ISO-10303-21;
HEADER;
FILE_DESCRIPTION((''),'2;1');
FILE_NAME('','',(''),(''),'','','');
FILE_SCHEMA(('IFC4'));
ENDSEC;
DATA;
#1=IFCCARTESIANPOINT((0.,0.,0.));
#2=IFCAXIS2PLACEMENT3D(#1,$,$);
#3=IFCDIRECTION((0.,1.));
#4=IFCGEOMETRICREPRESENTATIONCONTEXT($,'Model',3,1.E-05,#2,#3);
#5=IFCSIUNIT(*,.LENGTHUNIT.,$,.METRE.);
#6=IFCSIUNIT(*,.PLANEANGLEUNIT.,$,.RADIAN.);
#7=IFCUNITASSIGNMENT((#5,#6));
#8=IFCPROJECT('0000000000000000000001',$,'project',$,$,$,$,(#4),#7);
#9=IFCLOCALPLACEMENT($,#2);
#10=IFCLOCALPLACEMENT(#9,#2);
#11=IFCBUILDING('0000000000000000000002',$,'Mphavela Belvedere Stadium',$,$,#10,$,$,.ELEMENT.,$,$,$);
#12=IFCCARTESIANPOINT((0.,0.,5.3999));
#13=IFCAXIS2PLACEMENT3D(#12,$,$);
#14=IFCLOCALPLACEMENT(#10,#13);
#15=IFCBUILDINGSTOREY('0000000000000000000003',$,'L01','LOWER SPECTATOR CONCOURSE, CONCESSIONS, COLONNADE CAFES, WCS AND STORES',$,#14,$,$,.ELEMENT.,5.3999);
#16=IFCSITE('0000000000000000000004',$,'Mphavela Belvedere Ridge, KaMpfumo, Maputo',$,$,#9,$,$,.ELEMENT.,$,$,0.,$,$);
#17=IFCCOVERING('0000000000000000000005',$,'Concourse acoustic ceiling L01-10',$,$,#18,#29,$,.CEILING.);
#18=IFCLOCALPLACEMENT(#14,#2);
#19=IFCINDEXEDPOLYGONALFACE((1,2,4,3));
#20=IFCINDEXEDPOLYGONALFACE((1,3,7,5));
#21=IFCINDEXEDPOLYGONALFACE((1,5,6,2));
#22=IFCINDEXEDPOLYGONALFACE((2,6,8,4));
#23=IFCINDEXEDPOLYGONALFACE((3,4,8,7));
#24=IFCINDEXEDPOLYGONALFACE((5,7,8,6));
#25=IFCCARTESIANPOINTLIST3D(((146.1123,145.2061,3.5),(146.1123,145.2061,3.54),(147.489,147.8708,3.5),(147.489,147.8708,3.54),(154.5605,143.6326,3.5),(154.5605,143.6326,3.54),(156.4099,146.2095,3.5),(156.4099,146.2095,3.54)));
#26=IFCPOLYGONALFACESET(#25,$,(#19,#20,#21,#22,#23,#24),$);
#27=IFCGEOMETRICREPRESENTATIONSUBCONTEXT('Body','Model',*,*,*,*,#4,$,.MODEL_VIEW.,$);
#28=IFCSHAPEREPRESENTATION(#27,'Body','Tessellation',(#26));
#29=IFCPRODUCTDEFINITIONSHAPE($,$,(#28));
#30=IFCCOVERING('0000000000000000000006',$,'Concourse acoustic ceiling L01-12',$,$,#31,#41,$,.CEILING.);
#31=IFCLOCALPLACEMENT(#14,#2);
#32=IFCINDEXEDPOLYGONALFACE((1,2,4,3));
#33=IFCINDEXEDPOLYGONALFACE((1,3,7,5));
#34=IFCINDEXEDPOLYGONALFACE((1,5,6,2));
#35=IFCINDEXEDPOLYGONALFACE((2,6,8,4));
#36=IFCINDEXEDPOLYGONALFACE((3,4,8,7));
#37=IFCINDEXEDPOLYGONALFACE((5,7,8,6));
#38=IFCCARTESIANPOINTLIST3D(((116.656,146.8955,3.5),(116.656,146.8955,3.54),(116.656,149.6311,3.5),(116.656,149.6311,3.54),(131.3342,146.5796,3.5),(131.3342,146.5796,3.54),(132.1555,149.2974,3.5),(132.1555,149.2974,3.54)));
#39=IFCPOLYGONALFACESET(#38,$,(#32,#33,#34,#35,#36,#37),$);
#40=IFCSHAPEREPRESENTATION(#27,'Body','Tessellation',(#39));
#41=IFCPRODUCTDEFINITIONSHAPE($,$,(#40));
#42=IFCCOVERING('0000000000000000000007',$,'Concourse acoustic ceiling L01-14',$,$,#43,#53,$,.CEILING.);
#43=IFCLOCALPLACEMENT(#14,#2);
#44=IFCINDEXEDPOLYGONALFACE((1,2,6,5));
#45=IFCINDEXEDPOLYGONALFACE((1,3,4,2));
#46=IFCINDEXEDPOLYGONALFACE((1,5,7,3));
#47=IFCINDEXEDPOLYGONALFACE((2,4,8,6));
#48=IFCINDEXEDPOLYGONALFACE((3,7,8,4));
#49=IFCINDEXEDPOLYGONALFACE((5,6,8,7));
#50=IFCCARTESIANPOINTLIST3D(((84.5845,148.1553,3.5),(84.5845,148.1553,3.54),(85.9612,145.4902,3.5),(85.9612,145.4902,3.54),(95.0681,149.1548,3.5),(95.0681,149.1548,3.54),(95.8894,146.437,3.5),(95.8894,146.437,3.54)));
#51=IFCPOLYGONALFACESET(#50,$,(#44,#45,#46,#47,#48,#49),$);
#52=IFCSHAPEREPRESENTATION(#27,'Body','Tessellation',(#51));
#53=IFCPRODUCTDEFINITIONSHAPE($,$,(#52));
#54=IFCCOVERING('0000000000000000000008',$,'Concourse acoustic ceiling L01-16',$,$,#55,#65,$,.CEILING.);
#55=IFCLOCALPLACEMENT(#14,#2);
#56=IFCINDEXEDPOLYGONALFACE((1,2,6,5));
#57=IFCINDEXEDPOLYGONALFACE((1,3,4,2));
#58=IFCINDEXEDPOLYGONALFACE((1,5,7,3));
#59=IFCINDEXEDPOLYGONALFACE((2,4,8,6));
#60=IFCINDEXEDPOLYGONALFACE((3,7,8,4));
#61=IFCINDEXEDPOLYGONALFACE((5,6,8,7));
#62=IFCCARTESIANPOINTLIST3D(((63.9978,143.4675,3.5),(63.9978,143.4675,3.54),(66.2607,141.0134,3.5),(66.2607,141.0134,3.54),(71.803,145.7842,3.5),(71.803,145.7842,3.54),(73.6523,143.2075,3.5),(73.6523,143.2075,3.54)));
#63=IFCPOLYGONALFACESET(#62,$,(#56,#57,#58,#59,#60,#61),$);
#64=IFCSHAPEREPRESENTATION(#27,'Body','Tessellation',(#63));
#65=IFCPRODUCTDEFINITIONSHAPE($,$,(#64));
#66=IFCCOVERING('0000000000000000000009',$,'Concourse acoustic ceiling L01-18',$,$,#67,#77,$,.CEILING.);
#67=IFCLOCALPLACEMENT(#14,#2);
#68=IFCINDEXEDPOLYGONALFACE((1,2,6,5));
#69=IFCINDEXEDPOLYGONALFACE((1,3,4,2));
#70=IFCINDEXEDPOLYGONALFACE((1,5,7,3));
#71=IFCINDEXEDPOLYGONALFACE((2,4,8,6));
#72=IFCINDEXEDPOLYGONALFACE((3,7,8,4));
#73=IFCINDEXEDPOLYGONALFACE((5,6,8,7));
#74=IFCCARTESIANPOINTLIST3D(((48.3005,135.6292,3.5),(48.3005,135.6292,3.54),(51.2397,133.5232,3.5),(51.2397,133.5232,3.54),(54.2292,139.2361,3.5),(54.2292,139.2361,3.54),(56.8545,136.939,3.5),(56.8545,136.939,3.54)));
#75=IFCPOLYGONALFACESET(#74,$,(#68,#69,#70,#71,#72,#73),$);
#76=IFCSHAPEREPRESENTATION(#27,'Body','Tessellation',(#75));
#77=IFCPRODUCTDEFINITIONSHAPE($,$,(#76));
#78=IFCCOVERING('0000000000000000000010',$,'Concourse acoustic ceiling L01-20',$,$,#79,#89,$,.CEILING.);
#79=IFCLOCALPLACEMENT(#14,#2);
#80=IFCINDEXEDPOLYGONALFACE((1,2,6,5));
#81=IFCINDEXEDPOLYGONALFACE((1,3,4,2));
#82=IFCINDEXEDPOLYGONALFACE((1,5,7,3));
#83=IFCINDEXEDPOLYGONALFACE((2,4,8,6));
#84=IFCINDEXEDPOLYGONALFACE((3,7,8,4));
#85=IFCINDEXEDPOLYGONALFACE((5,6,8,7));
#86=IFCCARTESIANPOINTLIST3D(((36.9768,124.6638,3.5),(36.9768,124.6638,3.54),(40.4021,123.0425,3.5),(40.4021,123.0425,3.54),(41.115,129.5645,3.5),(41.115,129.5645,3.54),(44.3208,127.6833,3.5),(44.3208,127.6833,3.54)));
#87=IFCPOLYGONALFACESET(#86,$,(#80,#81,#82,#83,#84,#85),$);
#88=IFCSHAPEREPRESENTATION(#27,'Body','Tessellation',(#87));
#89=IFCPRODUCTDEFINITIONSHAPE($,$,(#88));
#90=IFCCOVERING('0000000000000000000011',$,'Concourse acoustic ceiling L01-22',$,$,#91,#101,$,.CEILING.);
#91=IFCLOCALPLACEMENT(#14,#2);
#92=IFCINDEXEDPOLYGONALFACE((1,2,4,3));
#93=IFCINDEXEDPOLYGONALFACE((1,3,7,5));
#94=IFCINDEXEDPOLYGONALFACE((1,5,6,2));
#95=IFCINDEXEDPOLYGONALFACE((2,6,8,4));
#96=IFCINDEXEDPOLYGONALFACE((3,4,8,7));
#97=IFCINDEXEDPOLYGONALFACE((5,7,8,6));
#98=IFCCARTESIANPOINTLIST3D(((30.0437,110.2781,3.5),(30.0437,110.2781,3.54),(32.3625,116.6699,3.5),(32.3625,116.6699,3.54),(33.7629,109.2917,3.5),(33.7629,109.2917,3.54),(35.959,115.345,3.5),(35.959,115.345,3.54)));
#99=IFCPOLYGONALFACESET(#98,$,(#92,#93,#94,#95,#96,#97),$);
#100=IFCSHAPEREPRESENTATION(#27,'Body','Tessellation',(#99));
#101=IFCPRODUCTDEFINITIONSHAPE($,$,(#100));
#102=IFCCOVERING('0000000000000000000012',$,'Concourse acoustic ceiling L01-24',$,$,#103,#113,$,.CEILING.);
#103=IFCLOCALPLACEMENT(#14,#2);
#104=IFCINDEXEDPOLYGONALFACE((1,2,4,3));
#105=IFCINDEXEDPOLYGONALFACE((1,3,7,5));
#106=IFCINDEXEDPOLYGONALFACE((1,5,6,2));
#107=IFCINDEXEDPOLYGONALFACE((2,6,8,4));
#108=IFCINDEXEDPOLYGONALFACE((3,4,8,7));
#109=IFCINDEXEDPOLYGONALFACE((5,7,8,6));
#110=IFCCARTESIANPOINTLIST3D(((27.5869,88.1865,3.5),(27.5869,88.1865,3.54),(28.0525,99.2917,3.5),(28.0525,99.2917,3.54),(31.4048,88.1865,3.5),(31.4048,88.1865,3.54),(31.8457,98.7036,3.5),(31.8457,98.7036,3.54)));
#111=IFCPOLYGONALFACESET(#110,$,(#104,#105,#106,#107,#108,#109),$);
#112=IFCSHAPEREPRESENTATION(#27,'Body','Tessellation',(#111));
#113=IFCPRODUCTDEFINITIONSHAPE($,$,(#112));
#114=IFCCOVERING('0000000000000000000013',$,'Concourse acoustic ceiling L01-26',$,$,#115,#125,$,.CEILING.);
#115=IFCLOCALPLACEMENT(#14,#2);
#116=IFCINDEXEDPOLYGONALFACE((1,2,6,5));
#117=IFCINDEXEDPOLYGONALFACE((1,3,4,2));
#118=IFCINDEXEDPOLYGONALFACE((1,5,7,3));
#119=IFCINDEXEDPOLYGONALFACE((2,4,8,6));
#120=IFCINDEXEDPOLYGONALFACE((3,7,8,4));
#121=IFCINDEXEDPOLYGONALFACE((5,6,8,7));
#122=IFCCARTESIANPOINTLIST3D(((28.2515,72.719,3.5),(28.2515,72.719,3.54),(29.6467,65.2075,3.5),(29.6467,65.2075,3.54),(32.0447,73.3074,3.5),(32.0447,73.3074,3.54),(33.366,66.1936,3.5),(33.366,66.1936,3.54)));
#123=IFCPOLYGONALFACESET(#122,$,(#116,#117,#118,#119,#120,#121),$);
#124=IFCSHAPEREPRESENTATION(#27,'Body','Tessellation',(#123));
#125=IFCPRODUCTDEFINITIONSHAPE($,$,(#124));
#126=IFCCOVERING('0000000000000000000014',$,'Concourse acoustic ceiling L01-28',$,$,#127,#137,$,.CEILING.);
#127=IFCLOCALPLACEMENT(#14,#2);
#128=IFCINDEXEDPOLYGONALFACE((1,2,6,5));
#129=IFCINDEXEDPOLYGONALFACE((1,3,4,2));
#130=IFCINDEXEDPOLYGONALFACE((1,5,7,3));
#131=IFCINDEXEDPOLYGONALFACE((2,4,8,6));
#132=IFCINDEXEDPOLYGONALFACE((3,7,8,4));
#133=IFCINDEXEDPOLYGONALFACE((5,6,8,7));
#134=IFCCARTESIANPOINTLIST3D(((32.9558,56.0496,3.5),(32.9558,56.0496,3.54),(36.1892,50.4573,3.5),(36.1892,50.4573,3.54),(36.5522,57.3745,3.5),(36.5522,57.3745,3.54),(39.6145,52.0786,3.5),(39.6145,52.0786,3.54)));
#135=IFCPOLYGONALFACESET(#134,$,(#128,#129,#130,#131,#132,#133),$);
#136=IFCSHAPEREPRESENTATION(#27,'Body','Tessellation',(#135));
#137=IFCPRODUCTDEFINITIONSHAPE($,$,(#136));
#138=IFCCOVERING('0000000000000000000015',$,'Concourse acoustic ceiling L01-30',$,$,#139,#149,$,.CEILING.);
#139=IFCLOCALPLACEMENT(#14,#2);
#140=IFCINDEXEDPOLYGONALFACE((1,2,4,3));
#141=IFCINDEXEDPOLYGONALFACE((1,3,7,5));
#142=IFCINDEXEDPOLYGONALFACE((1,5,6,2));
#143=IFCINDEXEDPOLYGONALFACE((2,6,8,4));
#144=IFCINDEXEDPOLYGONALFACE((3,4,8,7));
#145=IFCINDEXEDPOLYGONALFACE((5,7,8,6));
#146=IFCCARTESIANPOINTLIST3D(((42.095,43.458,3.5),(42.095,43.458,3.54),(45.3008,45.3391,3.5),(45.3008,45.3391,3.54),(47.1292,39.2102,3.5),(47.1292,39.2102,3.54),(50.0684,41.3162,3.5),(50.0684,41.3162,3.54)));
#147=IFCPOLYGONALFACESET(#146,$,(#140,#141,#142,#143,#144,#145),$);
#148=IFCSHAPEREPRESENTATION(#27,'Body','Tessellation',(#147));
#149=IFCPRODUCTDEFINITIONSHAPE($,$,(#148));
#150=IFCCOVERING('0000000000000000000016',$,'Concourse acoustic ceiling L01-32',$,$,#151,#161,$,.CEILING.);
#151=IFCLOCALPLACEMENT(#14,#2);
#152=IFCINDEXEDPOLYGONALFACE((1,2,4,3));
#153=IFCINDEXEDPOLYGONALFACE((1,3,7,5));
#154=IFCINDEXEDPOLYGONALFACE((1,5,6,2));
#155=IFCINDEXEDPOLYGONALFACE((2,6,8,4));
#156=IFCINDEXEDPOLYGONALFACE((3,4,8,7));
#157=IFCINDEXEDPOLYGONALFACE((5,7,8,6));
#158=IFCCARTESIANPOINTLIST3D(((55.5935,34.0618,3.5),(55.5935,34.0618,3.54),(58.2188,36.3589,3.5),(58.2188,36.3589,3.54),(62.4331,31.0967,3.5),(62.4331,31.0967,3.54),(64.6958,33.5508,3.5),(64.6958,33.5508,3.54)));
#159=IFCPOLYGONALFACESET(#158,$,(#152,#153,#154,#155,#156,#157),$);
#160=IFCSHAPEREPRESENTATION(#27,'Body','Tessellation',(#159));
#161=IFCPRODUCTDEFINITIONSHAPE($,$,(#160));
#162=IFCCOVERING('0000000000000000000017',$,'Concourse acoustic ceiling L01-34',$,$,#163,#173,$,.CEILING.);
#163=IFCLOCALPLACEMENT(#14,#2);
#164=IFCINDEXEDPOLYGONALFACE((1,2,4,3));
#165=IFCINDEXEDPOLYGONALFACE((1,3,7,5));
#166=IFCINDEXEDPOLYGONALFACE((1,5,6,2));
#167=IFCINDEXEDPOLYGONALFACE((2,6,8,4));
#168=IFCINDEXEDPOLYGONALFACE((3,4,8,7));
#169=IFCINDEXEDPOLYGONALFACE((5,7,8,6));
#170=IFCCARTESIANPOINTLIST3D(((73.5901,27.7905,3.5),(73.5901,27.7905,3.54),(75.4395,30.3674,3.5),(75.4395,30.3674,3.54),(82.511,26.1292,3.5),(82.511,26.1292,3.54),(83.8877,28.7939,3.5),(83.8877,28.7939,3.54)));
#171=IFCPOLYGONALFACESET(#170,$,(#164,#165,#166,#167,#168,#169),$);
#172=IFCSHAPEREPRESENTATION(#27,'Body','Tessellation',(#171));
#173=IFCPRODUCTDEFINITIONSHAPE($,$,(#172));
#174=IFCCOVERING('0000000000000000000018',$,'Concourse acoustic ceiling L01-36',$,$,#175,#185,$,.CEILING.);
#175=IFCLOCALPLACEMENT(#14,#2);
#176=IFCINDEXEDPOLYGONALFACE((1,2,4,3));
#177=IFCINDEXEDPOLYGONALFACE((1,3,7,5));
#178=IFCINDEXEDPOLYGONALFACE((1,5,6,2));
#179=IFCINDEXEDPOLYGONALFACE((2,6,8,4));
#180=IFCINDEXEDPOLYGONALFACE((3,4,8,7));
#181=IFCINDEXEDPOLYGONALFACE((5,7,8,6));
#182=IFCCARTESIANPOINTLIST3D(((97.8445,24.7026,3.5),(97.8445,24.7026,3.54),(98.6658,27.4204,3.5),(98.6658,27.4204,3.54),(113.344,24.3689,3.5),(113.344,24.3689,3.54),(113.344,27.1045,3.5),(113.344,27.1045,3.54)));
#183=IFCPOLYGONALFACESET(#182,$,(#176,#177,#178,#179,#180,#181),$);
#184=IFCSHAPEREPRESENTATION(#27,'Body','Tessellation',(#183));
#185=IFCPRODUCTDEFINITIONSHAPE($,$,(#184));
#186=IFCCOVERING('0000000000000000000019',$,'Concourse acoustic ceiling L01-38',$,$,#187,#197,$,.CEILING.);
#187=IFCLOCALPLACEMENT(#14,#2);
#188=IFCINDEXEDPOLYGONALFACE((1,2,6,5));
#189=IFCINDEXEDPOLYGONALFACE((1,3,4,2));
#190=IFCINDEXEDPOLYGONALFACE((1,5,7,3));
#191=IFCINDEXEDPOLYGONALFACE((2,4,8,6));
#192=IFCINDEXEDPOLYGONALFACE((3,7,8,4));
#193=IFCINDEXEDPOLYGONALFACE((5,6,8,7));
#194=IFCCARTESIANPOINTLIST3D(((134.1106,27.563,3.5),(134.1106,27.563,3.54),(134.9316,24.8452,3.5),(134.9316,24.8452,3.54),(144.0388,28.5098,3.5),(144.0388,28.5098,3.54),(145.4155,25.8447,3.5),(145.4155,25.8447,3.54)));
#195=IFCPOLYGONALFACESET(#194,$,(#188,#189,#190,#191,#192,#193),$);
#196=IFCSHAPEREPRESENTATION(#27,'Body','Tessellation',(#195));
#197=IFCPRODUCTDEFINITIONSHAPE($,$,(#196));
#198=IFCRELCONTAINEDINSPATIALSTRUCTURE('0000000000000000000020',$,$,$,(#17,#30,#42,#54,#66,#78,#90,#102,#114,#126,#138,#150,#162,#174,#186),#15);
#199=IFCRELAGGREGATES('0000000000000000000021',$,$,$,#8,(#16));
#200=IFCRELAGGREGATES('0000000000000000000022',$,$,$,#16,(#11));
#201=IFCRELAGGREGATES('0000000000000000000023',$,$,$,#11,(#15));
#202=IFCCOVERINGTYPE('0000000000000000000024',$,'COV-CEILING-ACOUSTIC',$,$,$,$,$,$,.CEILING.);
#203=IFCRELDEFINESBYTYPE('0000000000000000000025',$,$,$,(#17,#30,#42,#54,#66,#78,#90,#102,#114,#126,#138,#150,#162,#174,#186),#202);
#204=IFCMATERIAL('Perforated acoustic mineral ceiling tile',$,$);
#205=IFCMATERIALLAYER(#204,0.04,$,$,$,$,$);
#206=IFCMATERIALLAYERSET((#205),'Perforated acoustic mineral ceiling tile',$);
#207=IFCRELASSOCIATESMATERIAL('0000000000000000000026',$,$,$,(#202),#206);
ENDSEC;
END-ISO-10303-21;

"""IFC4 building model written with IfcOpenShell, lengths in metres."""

from ifc_helpers import new_model, si_unit, direction, frame, origin, place, context, subcontext, project, spatial, polyline, outline, extrude, material, layer, layer_set, type_object, element, save


model = new_model("IFC4")

# Units and contexts
model_context = context("Model", 3, precision=1e-05, world=origin(), true_north=direction((0.0, 1.0)))
body_context = subcontext(model_context, "Body", "Model", "MODEL_VIEW")
ifc_project = project(units=[si_unit("LENGTHUNIT", "METRE"), si_unit("PLANEANGLEUNIT", "RADIAN")], contexts=[model_context])

# Site, building, storey
site_placement = place(None, origin())
site = spatial("IfcSite", under=ifc_project, at=site_placement, Name="Mphavela Belvedere Ridge, KaMpfumo, Maputo", CompositionType="ELEMENT", RefElevation=0.0)
building_placement = place(site_placement, origin())
building = spatial("IfcBuilding", under=site, at=building_placement, Name="Mphavela Belvedere Stadium", CompositionType="ELEMENT")
storey_placement = place(building_placement, frame((0.0, 0.0, 5.3999)))
storey = spatial("IfcBuildingStorey", under=building, at=storey_placement, Name="L01", Description="LOWER SPECTATOR CONCOURSE, CONCESSIONS, COLONNADE CAFES, WCS AND STORES", CompositionType="ELEMENT", Elevation=5.3999)

# Coverings
ifc_material_1 = material(Name="Perforated acoustic mineral ceiling tile")
ifc_layer_1 = layer(ifc_material_1, 0.04)
ifc_layer_set_1 = layer_set([ifc_layer_1], Name="Perforated acoustic mineral ceiling tile")
covering_type = type_object("IfcCoveringType", Name="COV-CEILING-ACOUSTIC", PredefinedType="CEILING", material=ifc_layer_set_1)
covering_1_placement = place(storey_placement, frame((0.0, 0.0, 3.5)))
element("IfcCovering", 1, at=covering_1_placement, inside=storey, type_object=covering_type, Name="Concourse acoustic ceiling L01-10", PredefinedType="CEILING", context=body_context, shape_type="SweptSolid", body=[
    extrude(outline(polyline([(154.5605, 143.6326), (146.1123, 145.2061), (147.489, 147.8708), (156.4099, 146.2095), (154.5605, 143.6326)])), origin(), (0.0, 0.0, 1.0), 0.04),
])
covering_2_placement = place(storey_placement, frame((0.0, 0.0, 3.5)))
element("IfcCovering", 2, at=covering_2_placement, inside=storey, type_object=covering_type, Name="Concourse acoustic ceiling L01-12", PredefinedType="CEILING", context=body_context, shape_type="SweptSolid", body=[
    extrude(outline(polyline([(131.3342, 146.5796), (116.656, 146.8955), (116.656, 149.6311), (132.1555, 149.2974), (131.3342, 146.5796)])), origin(), (0.0, 0.0, 1.0), 0.04),
])
covering_3_placement = place(storey_placement, frame((0.0, 0.0, 3.5)))
element("IfcCovering", 3, at=covering_3_placement, inside=storey, type_object=covering_type, Name="Concourse acoustic ceiling L01-14", PredefinedType="CEILING", context=body_context, shape_type="SweptSolid", body=[
    extrude(outline(polyline([(95.8894, 146.437), (85.9612, 145.4902), (84.5845, 148.1553), (95.0681, 149.1548), (95.8894, 146.437)])), origin(), (0.0, 0.0, 1.0), 0.04),
])
covering_4_placement = place(storey_placement, frame((0.0, 0.0, 3.5)))
element("IfcCovering", 4, at=covering_4_placement, inside=storey, type_object=covering_type, Name="Concourse acoustic ceiling L01-16", PredefinedType="CEILING", context=body_context, shape_type="SweptSolid", body=[
    extrude(outline(polyline([(73.6523, 143.2075), (66.2607, 141.0134), (63.9978, 143.4675), (71.803, 145.7842), (73.6523, 143.2075)])), origin(), (0.0, 0.0, 1.0), 0.04),
])
covering_5_placement = place(storey_placement, frame((0.0, 0.0, 3.5)))
element("IfcCovering", 5, at=covering_5_placement, inside=storey, type_object=covering_type, Name="Concourse acoustic ceiling L01-18", PredefinedType="CEILING", context=body_context, shape_type="SweptSolid", body=[
    extrude(outline(polyline([(56.8545, 136.939), (51.2397, 133.5232), (48.3005, 135.6292), (54.2292, 139.2361), (56.8545, 136.939)])), origin(), (0.0, 0.0, 1.0), 0.04),
])
covering_6_placement = place(storey_placement, frame((0.0, 0.0, 3.5)))
element("IfcCovering", 6, at=covering_6_placement, inside=storey, type_object=covering_type, Name="Concourse acoustic ceiling L01-20", PredefinedType="CEILING", context=body_context, shape_type="SweptSolid", body=[
    extrude(outline(polyline([(44.3208, 127.6833), (40.4021, 123.0425), (36.9768, 124.6638), (41.115, 129.5645), (44.3208, 127.6833)])), origin(), (0.0, 0.0, 1.0), 0.04),
])
covering_7_placement = place(storey_placement, frame((0.0, 0.0, 3.5)))
element("IfcCovering", 7, at=covering_7_placement, inside=storey, type_object=covering_type, Name="Concourse acoustic ceiling L01-22", PredefinedType="CEILING", context=body_context, shape_type="SweptSolid", body=[
    extrude(outline(polyline([(35.959, 115.345), (33.7629, 109.2917), (30.0437, 110.2781), (32.3625, 116.6699), (35.959, 115.345)])), origin(), (0.0, 0.0, 1.0), 0.04),
])
covering_8_placement = place(storey_placement, frame((0.0, 0.0, 3.5)))
element("IfcCovering", 8, at=covering_8_placement, inside=storey, type_object=covering_type, Name="Concourse acoustic ceiling L01-24", PredefinedType="CEILING", context=body_context, shape_type="SweptSolid", body=[
    extrude(outline(polyline([(31.8457, 98.7036), (31.4048, 88.1865), (27.5869, 88.1865), (28.0525, 99.2917), (31.8457, 98.7036)])), origin(), (0.0, 0.0, 1.0), 0.04),
])
covering_9_placement = place(storey_placement, frame((0.0, 0.0, 3.5)))
element("IfcCovering", 9, at=covering_9_placement, inside=storey, type_object=covering_type, Name="Concourse acoustic ceiling L01-26", PredefinedType="CEILING", context=body_context, shape_type="SweptSolid", body=[
    extrude(outline(polyline([(32.0447, 73.3074), (33.366, 66.1936), (29.6467, 65.2075), (28.2515, 72.719), (32.0447, 73.3074)])), origin(), (0.0, 0.0, 1.0), 0.04),
])
covering_10_placement = place(storey_placement, frame((0.0, 0.0, 3.5)))
element("IfcCovering", 10, at=covering_10_placement, inside=storey, type_object=covering_type, Name="Concourse acoustic ceiling L01-28", PredefinedType="CEILING", context=body_context, shape_type="SweptSolid", body=[
    extrude(outline(polyline([(36.5522, 57.3745), (39.6145, 52.0786), (36.1892, 50.4573), (32.9558, 56.0496), (36.5522, 57.3745)])), origin(), (0.0, 0.0, 1.0), 0.04),
])
covering_11_placement = place(storey_placement, frame((0.0, 0.0, 3.5)))
element("IfcCovering", 11, at=covering_11_placement, inside=storey, type_object=covering_type, Name="Concourse acoustic ceiling L01-30", PredefinedType="CEILING", context=body_context, shape_type="SweptSolid", body=[
    extrude(outline(polyline([(45.3008, 45.3391), (50.0684, 41.3162), (47.1292, 39.2102), (42.095, 43.458), (45.3008, 45.3391)])), origin(), (0.0, 0.0, 1.0), 0.04),
])
covering_12_placement = place(storey_placement, frame((0.0, 0.0, 3.5)))
element("IfcCovering", 12, at=covering_12_placement, inside=storey, type_object=covering_type, Name="Concourse acoustic ceiling L01-32", PredefinedType="CEILING", context=body_context, shape_type="SweptSolid", body=[
    extrude(outline(polyline([(58.2188, 36.3589), (64.6958, 33.5508), (62.4331, 31.0967), (55.5935, 34.0618), (58.2188, 36.3589)])), origin(), (0.0, 0.0, 1.0), 0.04),
])
covering_13_placement = place(storey_placement, frame((0.0, 0.0, 3.5)))
element("IfcCovering", 13, at=covering_13_placement, inside=storey, type_object=covering_type, Name="Concourse acoustic ceiling L01-34", PredefinedType="CEILING", context=body_context, shape_type="SweptSolid", body=[
    extrude(outline(polyline([(75.4395, 30.3674), (83.8877, 28.7939), (82.511, 26.1292), (73.5901, 27.7905), (75.4395, 30.3674)])), origin(), (0.0, 0.0, 1.0), 0.04),
])
covering_14_placement = place(storey_placement, frame((0.0, 0.0, 3.5)))
element("IfcCovering", 14, at=covering_14_placement, inside=storey, type_object=covering_type, Name="Concourse acoustic ceiling L01-36", PredefinedType="CEILING", context=body_context, shape_type="SweptSolid", body=[
    extrude(outline(polyline([(98.6658, 27.4204), (113.344, 27.1045), (113.344, 24.3689), (97.8445, 24.7026), (98.6658, 27.4204)])), origin(), (0.0, 0.0, 1.0), 0.04),
])
covering_15_placement = place(storey_placement, frame((0.0, 0.0, 3.5)))
element("IfcCovering", 15, at=covering_15_placement, inside=storey, type_object=covering_type, Name="Concourse acoustic ceiling L01-38", PredefinedType="CEILING", context=body_context, shape_type="SweptSolid", body=[
    extrude(outline(polyline([(134.1106, 27.563), (144.0388, 28.5098), (145.4155, 25.8447), (134.9316, 24.8452), (134.1106, 27.563)])), origin(), (0.0, 0.0, 1.0), 0.04),
])

save(model, "model.ifc")
